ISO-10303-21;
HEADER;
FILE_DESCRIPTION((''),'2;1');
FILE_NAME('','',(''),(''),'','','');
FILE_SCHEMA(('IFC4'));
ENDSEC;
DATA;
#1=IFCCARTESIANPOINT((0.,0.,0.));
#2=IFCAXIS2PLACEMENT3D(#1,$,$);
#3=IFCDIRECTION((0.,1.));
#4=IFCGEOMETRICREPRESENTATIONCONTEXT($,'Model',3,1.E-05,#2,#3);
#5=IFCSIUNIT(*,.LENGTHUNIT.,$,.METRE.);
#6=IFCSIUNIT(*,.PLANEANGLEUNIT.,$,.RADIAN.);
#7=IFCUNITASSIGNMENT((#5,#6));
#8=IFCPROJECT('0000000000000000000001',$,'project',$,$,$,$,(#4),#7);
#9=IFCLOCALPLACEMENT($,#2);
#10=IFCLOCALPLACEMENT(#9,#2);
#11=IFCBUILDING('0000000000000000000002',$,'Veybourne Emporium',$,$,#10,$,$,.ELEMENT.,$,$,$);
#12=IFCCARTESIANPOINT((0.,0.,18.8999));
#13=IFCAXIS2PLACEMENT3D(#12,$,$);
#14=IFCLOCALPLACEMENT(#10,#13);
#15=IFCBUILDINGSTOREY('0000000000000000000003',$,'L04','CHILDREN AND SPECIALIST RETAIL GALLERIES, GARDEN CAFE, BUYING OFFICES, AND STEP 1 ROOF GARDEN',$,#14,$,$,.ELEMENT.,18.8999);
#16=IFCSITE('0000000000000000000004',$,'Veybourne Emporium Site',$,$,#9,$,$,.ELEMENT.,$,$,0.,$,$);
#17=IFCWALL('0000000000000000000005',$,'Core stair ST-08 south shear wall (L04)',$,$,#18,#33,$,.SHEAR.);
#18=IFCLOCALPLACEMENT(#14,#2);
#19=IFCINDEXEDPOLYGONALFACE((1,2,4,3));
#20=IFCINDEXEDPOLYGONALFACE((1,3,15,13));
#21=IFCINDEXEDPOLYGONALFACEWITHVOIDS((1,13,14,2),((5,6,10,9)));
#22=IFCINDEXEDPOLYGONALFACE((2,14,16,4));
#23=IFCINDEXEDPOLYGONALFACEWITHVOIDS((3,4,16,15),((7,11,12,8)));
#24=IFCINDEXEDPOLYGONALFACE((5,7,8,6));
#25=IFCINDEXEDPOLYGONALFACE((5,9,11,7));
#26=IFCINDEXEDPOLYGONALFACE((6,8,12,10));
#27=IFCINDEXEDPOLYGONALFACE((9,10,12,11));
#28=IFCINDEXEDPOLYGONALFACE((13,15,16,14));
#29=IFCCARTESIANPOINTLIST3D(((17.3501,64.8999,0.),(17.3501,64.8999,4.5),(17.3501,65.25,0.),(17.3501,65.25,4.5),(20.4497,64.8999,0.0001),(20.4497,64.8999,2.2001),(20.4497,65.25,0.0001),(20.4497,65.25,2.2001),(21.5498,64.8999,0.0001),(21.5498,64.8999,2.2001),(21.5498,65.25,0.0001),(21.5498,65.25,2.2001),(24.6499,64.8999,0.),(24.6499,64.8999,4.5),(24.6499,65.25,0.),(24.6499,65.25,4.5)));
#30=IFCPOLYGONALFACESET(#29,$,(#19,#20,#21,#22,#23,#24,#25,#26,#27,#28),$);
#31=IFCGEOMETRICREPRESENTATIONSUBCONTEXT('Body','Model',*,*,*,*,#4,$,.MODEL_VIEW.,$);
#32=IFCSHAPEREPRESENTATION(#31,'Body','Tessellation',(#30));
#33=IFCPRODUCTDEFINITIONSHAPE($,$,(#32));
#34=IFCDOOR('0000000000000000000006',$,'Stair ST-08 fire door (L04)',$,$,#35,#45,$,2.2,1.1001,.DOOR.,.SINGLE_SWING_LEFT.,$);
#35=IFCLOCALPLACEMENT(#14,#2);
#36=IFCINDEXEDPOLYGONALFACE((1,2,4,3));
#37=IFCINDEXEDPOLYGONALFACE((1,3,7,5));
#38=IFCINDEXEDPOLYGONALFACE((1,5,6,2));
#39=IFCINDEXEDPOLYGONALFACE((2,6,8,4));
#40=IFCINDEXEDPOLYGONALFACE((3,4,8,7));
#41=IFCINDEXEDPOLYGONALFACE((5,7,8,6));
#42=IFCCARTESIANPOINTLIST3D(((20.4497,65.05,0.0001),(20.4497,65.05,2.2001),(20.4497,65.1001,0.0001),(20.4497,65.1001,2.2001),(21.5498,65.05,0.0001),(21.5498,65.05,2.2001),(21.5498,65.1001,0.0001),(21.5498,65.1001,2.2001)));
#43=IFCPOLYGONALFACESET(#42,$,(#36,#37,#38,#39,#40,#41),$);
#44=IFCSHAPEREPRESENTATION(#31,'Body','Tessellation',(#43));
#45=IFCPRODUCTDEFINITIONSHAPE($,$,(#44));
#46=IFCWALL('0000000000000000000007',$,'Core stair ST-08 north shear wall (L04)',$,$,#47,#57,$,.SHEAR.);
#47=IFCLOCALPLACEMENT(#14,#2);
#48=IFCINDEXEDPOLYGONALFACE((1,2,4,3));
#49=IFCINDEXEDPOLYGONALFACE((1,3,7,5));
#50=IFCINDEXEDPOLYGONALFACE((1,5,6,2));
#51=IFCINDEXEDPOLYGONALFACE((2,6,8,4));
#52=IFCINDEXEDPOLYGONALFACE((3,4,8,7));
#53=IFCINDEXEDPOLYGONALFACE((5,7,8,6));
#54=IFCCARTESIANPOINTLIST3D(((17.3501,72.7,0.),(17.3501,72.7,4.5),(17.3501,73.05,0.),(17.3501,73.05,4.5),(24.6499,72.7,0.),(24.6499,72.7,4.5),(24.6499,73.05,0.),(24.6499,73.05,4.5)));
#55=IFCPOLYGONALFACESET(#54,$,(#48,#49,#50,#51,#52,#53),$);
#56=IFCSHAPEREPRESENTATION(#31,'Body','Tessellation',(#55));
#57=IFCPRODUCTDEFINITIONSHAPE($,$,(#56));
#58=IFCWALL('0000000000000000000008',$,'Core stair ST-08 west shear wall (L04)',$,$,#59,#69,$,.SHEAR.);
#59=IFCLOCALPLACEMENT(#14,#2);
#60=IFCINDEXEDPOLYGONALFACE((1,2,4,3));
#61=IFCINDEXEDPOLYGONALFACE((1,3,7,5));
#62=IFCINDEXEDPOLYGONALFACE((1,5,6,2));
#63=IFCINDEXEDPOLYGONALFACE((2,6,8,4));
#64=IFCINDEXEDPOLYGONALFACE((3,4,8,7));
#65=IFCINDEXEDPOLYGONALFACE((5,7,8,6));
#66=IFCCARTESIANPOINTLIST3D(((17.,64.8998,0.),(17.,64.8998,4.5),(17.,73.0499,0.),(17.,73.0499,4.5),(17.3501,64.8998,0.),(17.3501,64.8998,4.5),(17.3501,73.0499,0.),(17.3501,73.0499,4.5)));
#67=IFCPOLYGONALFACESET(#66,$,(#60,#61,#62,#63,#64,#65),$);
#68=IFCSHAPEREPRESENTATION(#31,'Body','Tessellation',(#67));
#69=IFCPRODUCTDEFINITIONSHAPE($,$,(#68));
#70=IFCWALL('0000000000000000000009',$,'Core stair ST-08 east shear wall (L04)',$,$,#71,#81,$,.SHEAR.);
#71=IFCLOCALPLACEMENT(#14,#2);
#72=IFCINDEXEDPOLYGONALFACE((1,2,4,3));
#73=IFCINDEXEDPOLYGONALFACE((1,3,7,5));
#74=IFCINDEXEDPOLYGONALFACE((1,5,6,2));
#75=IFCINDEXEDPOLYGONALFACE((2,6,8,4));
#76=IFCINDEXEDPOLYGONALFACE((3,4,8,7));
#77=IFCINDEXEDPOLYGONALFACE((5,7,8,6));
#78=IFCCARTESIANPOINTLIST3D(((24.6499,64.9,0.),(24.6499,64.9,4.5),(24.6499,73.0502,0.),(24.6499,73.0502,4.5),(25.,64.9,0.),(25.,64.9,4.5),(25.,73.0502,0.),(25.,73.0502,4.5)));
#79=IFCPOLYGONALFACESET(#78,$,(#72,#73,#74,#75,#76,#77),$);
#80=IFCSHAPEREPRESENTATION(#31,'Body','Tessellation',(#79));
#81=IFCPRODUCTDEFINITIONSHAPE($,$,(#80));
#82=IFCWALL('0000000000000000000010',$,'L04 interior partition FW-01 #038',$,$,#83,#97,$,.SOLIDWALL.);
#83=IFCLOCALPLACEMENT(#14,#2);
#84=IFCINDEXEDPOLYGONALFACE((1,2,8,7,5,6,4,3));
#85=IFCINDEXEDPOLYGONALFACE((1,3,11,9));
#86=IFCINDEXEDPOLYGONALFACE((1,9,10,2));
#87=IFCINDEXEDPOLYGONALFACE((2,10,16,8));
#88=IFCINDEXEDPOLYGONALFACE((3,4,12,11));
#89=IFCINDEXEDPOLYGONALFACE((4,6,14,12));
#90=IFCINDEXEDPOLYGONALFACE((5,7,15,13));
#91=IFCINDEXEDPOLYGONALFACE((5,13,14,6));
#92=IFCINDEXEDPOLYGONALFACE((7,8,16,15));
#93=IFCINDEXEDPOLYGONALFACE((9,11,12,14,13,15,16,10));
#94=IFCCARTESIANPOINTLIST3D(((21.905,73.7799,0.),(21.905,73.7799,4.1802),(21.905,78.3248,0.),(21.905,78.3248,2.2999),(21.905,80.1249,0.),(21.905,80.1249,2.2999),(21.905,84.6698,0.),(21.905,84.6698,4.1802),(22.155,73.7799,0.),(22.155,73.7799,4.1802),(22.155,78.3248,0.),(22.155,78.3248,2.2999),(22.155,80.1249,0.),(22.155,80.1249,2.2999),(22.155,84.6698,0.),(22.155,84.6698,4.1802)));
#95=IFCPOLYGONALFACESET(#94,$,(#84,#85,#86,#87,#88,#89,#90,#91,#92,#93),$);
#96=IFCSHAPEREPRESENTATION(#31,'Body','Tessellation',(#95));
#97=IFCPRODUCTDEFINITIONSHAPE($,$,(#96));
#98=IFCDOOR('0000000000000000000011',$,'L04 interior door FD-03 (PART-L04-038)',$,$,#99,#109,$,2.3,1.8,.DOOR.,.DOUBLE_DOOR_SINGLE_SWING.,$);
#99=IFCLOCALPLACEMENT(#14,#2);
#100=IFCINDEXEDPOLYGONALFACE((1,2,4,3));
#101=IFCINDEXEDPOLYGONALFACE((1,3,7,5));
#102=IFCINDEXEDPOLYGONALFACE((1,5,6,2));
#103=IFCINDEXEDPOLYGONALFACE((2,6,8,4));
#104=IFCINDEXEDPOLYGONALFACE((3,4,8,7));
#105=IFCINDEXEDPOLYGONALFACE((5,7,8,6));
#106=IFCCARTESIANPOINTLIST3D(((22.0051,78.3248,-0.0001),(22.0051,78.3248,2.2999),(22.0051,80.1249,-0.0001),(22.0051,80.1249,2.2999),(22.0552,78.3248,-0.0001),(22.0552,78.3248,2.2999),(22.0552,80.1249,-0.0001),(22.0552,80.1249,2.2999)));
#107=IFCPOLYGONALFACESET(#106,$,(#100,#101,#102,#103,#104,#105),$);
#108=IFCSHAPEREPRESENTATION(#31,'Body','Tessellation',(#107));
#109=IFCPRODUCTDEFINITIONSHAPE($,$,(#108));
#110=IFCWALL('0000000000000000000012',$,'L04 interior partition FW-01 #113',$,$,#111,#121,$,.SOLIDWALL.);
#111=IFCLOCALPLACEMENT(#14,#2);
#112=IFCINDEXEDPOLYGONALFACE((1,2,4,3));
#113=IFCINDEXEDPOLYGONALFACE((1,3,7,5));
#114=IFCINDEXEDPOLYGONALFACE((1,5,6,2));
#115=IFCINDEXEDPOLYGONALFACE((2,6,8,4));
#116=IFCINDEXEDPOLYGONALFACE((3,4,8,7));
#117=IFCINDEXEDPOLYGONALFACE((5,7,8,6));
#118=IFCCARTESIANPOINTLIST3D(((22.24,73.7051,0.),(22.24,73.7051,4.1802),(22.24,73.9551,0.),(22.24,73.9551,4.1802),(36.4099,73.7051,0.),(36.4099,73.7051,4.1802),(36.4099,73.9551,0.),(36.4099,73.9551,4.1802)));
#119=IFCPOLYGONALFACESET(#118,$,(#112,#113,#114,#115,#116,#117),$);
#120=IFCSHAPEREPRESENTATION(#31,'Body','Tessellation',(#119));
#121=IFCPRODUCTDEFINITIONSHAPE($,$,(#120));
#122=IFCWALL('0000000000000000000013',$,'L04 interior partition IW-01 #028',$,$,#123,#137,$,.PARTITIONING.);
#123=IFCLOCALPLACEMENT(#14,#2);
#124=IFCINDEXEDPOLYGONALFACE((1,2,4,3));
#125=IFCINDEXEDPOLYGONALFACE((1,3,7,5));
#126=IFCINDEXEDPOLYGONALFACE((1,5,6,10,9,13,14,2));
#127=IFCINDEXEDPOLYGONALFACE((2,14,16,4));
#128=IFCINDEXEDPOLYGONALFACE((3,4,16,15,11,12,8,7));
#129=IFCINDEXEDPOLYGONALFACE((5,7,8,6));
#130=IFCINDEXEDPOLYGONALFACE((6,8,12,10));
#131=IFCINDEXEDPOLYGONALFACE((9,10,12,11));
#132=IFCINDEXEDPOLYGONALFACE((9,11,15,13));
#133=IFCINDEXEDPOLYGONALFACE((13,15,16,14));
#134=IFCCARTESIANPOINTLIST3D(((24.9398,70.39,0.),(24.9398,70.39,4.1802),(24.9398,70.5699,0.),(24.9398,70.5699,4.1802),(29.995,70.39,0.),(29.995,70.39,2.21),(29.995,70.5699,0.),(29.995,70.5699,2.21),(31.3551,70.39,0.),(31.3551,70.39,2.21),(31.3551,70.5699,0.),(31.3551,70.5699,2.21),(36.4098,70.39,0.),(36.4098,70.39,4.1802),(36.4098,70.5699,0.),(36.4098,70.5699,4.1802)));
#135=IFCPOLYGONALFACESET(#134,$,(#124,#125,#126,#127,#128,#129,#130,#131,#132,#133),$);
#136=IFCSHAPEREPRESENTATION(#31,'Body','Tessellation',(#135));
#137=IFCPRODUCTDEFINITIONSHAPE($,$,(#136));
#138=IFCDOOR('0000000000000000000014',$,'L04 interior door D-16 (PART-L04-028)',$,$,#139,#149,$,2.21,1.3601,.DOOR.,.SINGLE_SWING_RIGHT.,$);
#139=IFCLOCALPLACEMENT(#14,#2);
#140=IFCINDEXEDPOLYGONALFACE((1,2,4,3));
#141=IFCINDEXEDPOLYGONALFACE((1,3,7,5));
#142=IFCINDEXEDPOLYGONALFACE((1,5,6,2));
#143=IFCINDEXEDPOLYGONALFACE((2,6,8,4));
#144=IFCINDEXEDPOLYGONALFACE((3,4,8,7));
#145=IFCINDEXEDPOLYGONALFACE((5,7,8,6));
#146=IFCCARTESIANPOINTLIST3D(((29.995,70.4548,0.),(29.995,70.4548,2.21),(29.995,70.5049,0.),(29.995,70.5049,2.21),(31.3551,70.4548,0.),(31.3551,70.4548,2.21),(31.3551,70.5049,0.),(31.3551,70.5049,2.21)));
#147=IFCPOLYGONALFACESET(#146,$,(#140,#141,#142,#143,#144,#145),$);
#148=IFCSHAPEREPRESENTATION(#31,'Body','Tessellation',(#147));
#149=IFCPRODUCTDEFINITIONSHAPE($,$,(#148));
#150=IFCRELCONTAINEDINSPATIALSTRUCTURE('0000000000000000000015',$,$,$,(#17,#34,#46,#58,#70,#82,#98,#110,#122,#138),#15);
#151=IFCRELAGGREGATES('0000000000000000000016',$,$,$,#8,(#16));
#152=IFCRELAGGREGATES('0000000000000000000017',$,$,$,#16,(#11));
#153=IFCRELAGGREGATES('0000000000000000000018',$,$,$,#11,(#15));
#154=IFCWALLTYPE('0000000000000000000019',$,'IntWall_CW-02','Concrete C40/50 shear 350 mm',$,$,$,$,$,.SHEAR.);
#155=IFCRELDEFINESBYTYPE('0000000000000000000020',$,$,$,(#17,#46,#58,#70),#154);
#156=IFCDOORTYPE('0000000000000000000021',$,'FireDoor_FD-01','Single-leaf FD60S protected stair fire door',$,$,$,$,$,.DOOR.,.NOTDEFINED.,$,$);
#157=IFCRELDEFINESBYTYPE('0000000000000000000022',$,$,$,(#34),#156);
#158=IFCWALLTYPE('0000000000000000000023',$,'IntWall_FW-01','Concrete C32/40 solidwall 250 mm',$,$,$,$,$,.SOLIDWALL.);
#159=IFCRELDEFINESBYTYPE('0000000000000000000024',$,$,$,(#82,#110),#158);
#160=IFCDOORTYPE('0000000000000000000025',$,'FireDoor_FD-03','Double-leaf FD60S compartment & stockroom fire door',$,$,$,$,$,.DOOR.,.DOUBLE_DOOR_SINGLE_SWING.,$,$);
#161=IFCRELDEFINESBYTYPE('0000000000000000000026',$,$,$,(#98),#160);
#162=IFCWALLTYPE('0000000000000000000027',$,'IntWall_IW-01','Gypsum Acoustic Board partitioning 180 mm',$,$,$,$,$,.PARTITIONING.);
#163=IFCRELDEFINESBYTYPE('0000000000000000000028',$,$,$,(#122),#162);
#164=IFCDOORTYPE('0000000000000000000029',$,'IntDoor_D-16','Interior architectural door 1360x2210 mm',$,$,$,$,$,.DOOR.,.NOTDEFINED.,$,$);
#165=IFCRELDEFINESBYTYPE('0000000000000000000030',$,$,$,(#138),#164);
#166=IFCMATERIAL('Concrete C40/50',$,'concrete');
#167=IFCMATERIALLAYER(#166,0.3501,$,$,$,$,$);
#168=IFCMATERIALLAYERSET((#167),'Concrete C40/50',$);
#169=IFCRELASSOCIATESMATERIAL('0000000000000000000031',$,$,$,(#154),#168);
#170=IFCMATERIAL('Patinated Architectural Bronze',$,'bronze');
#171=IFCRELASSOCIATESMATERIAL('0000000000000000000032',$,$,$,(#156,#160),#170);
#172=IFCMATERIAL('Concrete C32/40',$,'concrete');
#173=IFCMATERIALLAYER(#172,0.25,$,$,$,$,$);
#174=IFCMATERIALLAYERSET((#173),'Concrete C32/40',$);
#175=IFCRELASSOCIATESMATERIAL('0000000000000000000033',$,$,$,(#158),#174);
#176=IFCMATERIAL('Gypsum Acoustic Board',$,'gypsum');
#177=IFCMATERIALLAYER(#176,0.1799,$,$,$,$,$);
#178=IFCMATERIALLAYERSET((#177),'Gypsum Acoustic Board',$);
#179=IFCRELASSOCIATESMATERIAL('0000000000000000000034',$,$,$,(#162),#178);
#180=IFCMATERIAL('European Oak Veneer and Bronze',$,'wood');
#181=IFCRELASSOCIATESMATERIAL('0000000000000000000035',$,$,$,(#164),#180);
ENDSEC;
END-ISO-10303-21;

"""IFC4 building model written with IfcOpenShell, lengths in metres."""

from ifc_helpers import new_model, si_unit, direction, frame, frame_2d, origin, place, context, subcontext, project, spatial, rectangle, extrude, material, layer, layer_set, type_object, element, fill, save


model = new_model("IFC4")

# Units and contexts
model_context = context("Model", 3, precision=1e-05, world=origin(), true_north=direction((0.0, 1.0)))
body_context = subcontext(model_context, "Body", "Model", "MODEL_VIEW")
ifc_project = project(units=[si_unit("LENGTHUNIT", "METRE"), si_unit("PLANEANGLEUNIT", "RADIAN")], contexts=[model_context])

# Site, building, storey
site_placement = place(None, origin())
site = spatial("IfcSite", under=ifc_project, at=site_placement, Name="Veybourne Emporium Site", CompositionType="ELEMENT", RefElevation=0.0)
building_placement = place(site_placement, origin())
building = spatial("IfcBuilding", under=site, at=building_placement, Name="Veybourne Emporium", CompositionType="ELEMENT")
storey_placement = place(building_placement, frame((0.0, 0.0, 18.8999)))
storey = spatial("IfcBuildingStorey", under=building, at=storey_placement, Name="L04", Description="CHILDREN AND SPECIALIST RETAIL GALLERIES, GARDEN CAFE, BUYING OFFICES, AND STEP 1 ROOF GARDEN", CompositionType="ELEMENT", Elevation=18.8999)

# Shared definitions
ifc_material_1 = material(Name="Concrete C40/50", Category="concrete")

# Shared definitions
ifc_material_2 = material(Name="Concrete C32/40", Category="concrete")

# Wall, opening, door
ifc_layer_1 = layer(ifc_material_1, 0.3501)
ifc_layer_set_1 = layer_set([ifc_layer_1], Name="Concrete C40/50")
wall_type_1 = type_object("IfcWallType", Name="IntWall_CW-02", Description="Concrete C40/50 shear 350 mm", PredefinedType="SHEAR", material=ifc_layer_set_1)
wall_1_placement = place(storey_placement, frame((24.6499, 65.075, 0.0), z_axis=(0.0, 0.0, 1.0), x_axis=(-1.0, 0.0, 0.0)))
wall_1 = element("IfcWall", 1, at=wall_1_placement, inside=storey, type_object=wall_type_1, Name="Core stair ST-08 south shear wall (L04)", PredefinedType="SHEAR", context=body_context, shape_type="SweptSolid", body=[
    extrude(rectangle(XDim=7.2998, YDim=0.3501, at=frame_2d((3.6499, 0.0))), origin(), (0.0, 0.0, 1.0), 4.5),
])
opening_1_placement = place(wall_1_placement, frame((3.1001, 0.0, 0.0)))
opening_1 = element("IfcOpeningElement", 2, at=opening_1_placement, cuts=wall_1, PredefinedType="OPENING", context=body_context, shape_type="SweptSolid", body=[
    extrude(rectangle(XDim=1.1001, YDim=2.2, at=frame_2d((0.55, 1.1001))), frame((0.0, 0.1951, 0.0), z_axis=(0.0, -1.0, 0.0), x_axis=(1.0, 0.0, 0.0)), (0.0, 0.0, 1.0), 0.3901),
])
ifc_material_3 = material(Name="Patinated Architectural Bronze", Category="bronze")
door_type_1 = type_object("IfcDoorType", Name="FireDoor_FD-01", Description="Single-leaf FD60S protected stair fire door", OperationType="NOTDEFINED", PredefinedType="DOOR", material=ifc_material_3)
door_1_placement = place(opening_1_placement, origin())
door_1 = element("IfcDoor", 3, at=door_1_placement, inside=storey, type_object=door_type_1, Name="Stair ST-08 fire door (L04)", OperationType="SINGLE_SWING_LEFT", OverallHeight=2.2, OverallWidth=1.1001, PredefinedType="DOOR", context=body_context, shape_type="SweptSolid", body=[
    extrude(rectangle(XDim=1.1001, YDim=2.2, at=frame_2d((0.55, 1.1001))), frame((0.0, 0.0249, 0.0), z_axis=(0.0, -1.0, 0.0), x_axis=(1.0, 0.0, 0.0)), (0.0, 0.0, 1.0), 0.05),
])
fill(opening_1, door_1)

# Walls
wall_2_placement = place(storey_placement, frame((17.3501, 72.875, 0.0), z_axis=(0.0, 0.0, 1.0), x_axis=(1.0, 0.0, 0.0)))
element("IfcWall", 4, at=wall_2_placement, inside=storey, type_object=wall_type_1, Name="Core stair ST-08 north shear wall (L04)", PredefinedType="SHEAR", context=body_context, shape_type="SweptSolid", body=[
    extrude(rectangle(XDim=7.2998, YDim=0.3501, at=frame_2d((3.6499, 0.0))), origin(), (0.0, 0.0, 1.0), 4.5),
])
for number, where, z_axis, x_axis, name in (
    (5, (17.175, 73.05, 0.0), (0.0, 0.0, 1.0), (0.0, -1.0, 0.0), "Core stair ST-08 west shear wall (L04)"),
    (6, (24.825, 64.8999, 0.0), (0.0, 0.0, 1.0), (0.0, 1.0, 0.0), "Core stair ST-08 east shear wall (L04)"),
):
    element("IfcWall", number, at=place(storey_placement, frame(where, z_axis=z_axis, x_axis=x_axis)), inside=storey, type_object=wall_type_1, Name=name, PredefinedType="SHEAR", context=body_context, shape_type="SweptSolid", body=[
        extrude(rectangle(XDim=8.1501, YDim=0.3501, at=frame_2d((4.0752, 0.0))), origin(), (0.0, 0.0, 1.0), 4.5),
    ])

# Wall, opening, door
ifc_layer_2 = layer(ifc_material_2, 0.25)
ifc_layer_set_2 = layer_set([ifc_layer_2], Name="Concrete C32/40")
wall_type_2 = type_object("IfcWallType", Name="IntWall_FW-01", Description="Concrete C32/40 solidwall 250 mm", PredefinedType="SOLIDWALL", material=ifc_layer_set_2)
wall_3_placement = place(storey_placement, frame((22.03, 73.78, 0.0), z_axis=(0.0, 0.0, 1.0), x_axis=(0.0, 1.0, 0.0)))
wall_3 = element("IfcWall", 7, at=wall_3_placement, inside=storey, type_object=wall_type_2, Name="L04 interior partition FW-01 #038", PredefinedType="SOLIDWALL", context=body_context, shape_type="SweptSolid", body=[
    extrude(rectangle(XDim=10.8899, YDim=0.25, at=frame_2d((5.4448, 0.0))), origin(), (0.0, 0.0, 1.0), 4.1802),
])
opening_2_placement = place(wall_3_placement, frame((4.5449, 0.0, 0.0)))
opening_2 = element("IfcOpeningElement", 8, at=opening_2_placement, cuts=wall_3, PredefinedType="OPENING", context=body_context, shape_type="SweptSolid", body=[
    extrude(rectangle(XDim=1.8, YDim=2.3, at=frame_2d((0.8999, 1.1499))), frame((0.0, 0.145, 0.0), z_axis=(0.0, -1.0, 0.0), x_axis=(1.0, 0.0, 0.0)), (0.0, 0.0, 1.0), 0.29),
])
door_type_2 = type_object("IfcDoorType", Name="FireDoor_FD-03", Description="Double-leaf FD60S compartment & stockroom fire door", OperationType="DOUBLE_DOOR_SINGLE_SWING", PredefinedType="DOOR", material=ifc_material_3)
door_2_placement = place(opening_2_placement, origin())
door_2 = element("IfcDoor", 9, at=door_2_placement, inside=storey, type_object=door_type_2, Name="L04 interior door FD-03 (PART-L04-038)", OperationType="DOUBLE_DOOR_SINGLE_SWING", OverallHeight=2.3, OverallWidth=1.8, PredefinedType="DOOR", context=body_context, shape_type="SweptSolid", body=[
    extrude(rectangle(XDim=1.8, YDim=2.3, at=frame_2d((0.8999, 1.1499))), frame((0.0, 0.0249, 0.0), z_axis=(0.0, -1.0, 0.0), x_axis=(1.0, 0.0, 0.0)), (0.0, 0.0, 1.0), 0.05),
])
fill(opening_2, door_2)

# Wall
wall_4_placement = place(storey_placement, frame((22.24, 73.8301, 0.0), z_axis=(0.0, 0.0, 1.0), x_axis=(1.0, 0.0, 0.0)))
element("IfcWall", 10, at=wall_4_placement, inside=storey, type_object=wall_type_2, Name="L04 interior partition FW-01 #113", PredefinedType="SOLIDWALL", context=body_context, shape_type="SweptSolid", body=[
    extrude(rectangle(XDim=14.1699, YDim=0.25, at=frame_2d((7.085, 0.0))), origin(), (0.0, 0.0, 1.0), 4.1802),
])

# Wall, opening, door
ifc_material_4 = material(Name="Gypsum Acoustic Board", Category="gypsum")
ifc_layer_3 = layer(ifc_material_4, 0.1799)
ifc_layer_set_3 = layer_set([ifc_layer_3], Name="Gypsum Acoustic Board")
wall_type_3 = type_object("IfcWallType", Name="IntWall_IW-01", Description="Gypsum Acoustic Board partitioning 180 mm", PredefinedType="PARTITIONING", material=ifc_layer_set_3)
wall_5_placement = place(storey_placement, frame((24.9399, 70.48, 0.0), z_axis=(0.0, 0.0, 1.0), x_axis=(1.0, 0.0, 0.0)))
wall_5 = element("IfcWall", 11, at=wall_5_placement, inside=storey, type_object=wall_type_3, Name="L04 interior partition IW-01 #028", PredefinedType="PARTITIONING", context=body_context, shape_type="SweptSolid", body=[
    extrude(rectangle(XDim=11.47, YDim=0.1799, at=frame_2d((5.7349, 0.0))), origin(), (0.0, 0.0, 1.0), 4.1802),
])
opening_3_placement = place(wall_5_placement, frame((5.0549, 0.0, 0.0)))
opening_3 = element("IfcOpeningElement", 12, at=opening_3_placement, cuts=wall_5, PredefinedType="OPENING", context=body_context, shape_type="SweptSolid", body=[
    extrude(rectangle(XDim=1.3601, YDim=2.21, at=frame_2d((0.6802, 1.105))), frame((0.0, 0.1099, 0.0), z_axis=(0.0, -1.0, 0.0), x_axis=(1.0, 0.0, 0.0)), (0.0, 0.0, 1.0), 0.22),
])
ifc_material_5 = material(Name="European Oak Veneer and Bronze", Category="wood")
door_type_3 = type_object("IfcDoorType", Name="IntDoor_D-16", Description="Interior architectural door 1360x2210 mm", OperationType="NOTDEFINED", PredefinedType="DOOR", material=ifc_material_5)
door_3_placement = place(opening_3_placement, origin())
door_3 = element("IfcDoor", 13, at=door_3_placement, inside=storey, type_object=door_type_3, Name="L04 interior door D-16 (PART-L04-028)", OperationType="SINGLE_SWING_RIGHT", OverallHeight=2.21, OverallWidth=1.3601, PredefinedType="DOOR", context=body_context, shape_type="SweptSolid", body=[
    extrude(rectangle(XDim=1.3601, YDim=2.21, at=frame_2d((0.6802, 1.105))), frame((0.0, 0.0249, 0.0), z_axis=(0.0, -1.0, 0.0), x_axis=(1.0, 0.0, 0.0)), (0.0, 0.0, 1.0), 0.05),
])
fill(opening_3, door_3)

save(model, "model.ifc")
